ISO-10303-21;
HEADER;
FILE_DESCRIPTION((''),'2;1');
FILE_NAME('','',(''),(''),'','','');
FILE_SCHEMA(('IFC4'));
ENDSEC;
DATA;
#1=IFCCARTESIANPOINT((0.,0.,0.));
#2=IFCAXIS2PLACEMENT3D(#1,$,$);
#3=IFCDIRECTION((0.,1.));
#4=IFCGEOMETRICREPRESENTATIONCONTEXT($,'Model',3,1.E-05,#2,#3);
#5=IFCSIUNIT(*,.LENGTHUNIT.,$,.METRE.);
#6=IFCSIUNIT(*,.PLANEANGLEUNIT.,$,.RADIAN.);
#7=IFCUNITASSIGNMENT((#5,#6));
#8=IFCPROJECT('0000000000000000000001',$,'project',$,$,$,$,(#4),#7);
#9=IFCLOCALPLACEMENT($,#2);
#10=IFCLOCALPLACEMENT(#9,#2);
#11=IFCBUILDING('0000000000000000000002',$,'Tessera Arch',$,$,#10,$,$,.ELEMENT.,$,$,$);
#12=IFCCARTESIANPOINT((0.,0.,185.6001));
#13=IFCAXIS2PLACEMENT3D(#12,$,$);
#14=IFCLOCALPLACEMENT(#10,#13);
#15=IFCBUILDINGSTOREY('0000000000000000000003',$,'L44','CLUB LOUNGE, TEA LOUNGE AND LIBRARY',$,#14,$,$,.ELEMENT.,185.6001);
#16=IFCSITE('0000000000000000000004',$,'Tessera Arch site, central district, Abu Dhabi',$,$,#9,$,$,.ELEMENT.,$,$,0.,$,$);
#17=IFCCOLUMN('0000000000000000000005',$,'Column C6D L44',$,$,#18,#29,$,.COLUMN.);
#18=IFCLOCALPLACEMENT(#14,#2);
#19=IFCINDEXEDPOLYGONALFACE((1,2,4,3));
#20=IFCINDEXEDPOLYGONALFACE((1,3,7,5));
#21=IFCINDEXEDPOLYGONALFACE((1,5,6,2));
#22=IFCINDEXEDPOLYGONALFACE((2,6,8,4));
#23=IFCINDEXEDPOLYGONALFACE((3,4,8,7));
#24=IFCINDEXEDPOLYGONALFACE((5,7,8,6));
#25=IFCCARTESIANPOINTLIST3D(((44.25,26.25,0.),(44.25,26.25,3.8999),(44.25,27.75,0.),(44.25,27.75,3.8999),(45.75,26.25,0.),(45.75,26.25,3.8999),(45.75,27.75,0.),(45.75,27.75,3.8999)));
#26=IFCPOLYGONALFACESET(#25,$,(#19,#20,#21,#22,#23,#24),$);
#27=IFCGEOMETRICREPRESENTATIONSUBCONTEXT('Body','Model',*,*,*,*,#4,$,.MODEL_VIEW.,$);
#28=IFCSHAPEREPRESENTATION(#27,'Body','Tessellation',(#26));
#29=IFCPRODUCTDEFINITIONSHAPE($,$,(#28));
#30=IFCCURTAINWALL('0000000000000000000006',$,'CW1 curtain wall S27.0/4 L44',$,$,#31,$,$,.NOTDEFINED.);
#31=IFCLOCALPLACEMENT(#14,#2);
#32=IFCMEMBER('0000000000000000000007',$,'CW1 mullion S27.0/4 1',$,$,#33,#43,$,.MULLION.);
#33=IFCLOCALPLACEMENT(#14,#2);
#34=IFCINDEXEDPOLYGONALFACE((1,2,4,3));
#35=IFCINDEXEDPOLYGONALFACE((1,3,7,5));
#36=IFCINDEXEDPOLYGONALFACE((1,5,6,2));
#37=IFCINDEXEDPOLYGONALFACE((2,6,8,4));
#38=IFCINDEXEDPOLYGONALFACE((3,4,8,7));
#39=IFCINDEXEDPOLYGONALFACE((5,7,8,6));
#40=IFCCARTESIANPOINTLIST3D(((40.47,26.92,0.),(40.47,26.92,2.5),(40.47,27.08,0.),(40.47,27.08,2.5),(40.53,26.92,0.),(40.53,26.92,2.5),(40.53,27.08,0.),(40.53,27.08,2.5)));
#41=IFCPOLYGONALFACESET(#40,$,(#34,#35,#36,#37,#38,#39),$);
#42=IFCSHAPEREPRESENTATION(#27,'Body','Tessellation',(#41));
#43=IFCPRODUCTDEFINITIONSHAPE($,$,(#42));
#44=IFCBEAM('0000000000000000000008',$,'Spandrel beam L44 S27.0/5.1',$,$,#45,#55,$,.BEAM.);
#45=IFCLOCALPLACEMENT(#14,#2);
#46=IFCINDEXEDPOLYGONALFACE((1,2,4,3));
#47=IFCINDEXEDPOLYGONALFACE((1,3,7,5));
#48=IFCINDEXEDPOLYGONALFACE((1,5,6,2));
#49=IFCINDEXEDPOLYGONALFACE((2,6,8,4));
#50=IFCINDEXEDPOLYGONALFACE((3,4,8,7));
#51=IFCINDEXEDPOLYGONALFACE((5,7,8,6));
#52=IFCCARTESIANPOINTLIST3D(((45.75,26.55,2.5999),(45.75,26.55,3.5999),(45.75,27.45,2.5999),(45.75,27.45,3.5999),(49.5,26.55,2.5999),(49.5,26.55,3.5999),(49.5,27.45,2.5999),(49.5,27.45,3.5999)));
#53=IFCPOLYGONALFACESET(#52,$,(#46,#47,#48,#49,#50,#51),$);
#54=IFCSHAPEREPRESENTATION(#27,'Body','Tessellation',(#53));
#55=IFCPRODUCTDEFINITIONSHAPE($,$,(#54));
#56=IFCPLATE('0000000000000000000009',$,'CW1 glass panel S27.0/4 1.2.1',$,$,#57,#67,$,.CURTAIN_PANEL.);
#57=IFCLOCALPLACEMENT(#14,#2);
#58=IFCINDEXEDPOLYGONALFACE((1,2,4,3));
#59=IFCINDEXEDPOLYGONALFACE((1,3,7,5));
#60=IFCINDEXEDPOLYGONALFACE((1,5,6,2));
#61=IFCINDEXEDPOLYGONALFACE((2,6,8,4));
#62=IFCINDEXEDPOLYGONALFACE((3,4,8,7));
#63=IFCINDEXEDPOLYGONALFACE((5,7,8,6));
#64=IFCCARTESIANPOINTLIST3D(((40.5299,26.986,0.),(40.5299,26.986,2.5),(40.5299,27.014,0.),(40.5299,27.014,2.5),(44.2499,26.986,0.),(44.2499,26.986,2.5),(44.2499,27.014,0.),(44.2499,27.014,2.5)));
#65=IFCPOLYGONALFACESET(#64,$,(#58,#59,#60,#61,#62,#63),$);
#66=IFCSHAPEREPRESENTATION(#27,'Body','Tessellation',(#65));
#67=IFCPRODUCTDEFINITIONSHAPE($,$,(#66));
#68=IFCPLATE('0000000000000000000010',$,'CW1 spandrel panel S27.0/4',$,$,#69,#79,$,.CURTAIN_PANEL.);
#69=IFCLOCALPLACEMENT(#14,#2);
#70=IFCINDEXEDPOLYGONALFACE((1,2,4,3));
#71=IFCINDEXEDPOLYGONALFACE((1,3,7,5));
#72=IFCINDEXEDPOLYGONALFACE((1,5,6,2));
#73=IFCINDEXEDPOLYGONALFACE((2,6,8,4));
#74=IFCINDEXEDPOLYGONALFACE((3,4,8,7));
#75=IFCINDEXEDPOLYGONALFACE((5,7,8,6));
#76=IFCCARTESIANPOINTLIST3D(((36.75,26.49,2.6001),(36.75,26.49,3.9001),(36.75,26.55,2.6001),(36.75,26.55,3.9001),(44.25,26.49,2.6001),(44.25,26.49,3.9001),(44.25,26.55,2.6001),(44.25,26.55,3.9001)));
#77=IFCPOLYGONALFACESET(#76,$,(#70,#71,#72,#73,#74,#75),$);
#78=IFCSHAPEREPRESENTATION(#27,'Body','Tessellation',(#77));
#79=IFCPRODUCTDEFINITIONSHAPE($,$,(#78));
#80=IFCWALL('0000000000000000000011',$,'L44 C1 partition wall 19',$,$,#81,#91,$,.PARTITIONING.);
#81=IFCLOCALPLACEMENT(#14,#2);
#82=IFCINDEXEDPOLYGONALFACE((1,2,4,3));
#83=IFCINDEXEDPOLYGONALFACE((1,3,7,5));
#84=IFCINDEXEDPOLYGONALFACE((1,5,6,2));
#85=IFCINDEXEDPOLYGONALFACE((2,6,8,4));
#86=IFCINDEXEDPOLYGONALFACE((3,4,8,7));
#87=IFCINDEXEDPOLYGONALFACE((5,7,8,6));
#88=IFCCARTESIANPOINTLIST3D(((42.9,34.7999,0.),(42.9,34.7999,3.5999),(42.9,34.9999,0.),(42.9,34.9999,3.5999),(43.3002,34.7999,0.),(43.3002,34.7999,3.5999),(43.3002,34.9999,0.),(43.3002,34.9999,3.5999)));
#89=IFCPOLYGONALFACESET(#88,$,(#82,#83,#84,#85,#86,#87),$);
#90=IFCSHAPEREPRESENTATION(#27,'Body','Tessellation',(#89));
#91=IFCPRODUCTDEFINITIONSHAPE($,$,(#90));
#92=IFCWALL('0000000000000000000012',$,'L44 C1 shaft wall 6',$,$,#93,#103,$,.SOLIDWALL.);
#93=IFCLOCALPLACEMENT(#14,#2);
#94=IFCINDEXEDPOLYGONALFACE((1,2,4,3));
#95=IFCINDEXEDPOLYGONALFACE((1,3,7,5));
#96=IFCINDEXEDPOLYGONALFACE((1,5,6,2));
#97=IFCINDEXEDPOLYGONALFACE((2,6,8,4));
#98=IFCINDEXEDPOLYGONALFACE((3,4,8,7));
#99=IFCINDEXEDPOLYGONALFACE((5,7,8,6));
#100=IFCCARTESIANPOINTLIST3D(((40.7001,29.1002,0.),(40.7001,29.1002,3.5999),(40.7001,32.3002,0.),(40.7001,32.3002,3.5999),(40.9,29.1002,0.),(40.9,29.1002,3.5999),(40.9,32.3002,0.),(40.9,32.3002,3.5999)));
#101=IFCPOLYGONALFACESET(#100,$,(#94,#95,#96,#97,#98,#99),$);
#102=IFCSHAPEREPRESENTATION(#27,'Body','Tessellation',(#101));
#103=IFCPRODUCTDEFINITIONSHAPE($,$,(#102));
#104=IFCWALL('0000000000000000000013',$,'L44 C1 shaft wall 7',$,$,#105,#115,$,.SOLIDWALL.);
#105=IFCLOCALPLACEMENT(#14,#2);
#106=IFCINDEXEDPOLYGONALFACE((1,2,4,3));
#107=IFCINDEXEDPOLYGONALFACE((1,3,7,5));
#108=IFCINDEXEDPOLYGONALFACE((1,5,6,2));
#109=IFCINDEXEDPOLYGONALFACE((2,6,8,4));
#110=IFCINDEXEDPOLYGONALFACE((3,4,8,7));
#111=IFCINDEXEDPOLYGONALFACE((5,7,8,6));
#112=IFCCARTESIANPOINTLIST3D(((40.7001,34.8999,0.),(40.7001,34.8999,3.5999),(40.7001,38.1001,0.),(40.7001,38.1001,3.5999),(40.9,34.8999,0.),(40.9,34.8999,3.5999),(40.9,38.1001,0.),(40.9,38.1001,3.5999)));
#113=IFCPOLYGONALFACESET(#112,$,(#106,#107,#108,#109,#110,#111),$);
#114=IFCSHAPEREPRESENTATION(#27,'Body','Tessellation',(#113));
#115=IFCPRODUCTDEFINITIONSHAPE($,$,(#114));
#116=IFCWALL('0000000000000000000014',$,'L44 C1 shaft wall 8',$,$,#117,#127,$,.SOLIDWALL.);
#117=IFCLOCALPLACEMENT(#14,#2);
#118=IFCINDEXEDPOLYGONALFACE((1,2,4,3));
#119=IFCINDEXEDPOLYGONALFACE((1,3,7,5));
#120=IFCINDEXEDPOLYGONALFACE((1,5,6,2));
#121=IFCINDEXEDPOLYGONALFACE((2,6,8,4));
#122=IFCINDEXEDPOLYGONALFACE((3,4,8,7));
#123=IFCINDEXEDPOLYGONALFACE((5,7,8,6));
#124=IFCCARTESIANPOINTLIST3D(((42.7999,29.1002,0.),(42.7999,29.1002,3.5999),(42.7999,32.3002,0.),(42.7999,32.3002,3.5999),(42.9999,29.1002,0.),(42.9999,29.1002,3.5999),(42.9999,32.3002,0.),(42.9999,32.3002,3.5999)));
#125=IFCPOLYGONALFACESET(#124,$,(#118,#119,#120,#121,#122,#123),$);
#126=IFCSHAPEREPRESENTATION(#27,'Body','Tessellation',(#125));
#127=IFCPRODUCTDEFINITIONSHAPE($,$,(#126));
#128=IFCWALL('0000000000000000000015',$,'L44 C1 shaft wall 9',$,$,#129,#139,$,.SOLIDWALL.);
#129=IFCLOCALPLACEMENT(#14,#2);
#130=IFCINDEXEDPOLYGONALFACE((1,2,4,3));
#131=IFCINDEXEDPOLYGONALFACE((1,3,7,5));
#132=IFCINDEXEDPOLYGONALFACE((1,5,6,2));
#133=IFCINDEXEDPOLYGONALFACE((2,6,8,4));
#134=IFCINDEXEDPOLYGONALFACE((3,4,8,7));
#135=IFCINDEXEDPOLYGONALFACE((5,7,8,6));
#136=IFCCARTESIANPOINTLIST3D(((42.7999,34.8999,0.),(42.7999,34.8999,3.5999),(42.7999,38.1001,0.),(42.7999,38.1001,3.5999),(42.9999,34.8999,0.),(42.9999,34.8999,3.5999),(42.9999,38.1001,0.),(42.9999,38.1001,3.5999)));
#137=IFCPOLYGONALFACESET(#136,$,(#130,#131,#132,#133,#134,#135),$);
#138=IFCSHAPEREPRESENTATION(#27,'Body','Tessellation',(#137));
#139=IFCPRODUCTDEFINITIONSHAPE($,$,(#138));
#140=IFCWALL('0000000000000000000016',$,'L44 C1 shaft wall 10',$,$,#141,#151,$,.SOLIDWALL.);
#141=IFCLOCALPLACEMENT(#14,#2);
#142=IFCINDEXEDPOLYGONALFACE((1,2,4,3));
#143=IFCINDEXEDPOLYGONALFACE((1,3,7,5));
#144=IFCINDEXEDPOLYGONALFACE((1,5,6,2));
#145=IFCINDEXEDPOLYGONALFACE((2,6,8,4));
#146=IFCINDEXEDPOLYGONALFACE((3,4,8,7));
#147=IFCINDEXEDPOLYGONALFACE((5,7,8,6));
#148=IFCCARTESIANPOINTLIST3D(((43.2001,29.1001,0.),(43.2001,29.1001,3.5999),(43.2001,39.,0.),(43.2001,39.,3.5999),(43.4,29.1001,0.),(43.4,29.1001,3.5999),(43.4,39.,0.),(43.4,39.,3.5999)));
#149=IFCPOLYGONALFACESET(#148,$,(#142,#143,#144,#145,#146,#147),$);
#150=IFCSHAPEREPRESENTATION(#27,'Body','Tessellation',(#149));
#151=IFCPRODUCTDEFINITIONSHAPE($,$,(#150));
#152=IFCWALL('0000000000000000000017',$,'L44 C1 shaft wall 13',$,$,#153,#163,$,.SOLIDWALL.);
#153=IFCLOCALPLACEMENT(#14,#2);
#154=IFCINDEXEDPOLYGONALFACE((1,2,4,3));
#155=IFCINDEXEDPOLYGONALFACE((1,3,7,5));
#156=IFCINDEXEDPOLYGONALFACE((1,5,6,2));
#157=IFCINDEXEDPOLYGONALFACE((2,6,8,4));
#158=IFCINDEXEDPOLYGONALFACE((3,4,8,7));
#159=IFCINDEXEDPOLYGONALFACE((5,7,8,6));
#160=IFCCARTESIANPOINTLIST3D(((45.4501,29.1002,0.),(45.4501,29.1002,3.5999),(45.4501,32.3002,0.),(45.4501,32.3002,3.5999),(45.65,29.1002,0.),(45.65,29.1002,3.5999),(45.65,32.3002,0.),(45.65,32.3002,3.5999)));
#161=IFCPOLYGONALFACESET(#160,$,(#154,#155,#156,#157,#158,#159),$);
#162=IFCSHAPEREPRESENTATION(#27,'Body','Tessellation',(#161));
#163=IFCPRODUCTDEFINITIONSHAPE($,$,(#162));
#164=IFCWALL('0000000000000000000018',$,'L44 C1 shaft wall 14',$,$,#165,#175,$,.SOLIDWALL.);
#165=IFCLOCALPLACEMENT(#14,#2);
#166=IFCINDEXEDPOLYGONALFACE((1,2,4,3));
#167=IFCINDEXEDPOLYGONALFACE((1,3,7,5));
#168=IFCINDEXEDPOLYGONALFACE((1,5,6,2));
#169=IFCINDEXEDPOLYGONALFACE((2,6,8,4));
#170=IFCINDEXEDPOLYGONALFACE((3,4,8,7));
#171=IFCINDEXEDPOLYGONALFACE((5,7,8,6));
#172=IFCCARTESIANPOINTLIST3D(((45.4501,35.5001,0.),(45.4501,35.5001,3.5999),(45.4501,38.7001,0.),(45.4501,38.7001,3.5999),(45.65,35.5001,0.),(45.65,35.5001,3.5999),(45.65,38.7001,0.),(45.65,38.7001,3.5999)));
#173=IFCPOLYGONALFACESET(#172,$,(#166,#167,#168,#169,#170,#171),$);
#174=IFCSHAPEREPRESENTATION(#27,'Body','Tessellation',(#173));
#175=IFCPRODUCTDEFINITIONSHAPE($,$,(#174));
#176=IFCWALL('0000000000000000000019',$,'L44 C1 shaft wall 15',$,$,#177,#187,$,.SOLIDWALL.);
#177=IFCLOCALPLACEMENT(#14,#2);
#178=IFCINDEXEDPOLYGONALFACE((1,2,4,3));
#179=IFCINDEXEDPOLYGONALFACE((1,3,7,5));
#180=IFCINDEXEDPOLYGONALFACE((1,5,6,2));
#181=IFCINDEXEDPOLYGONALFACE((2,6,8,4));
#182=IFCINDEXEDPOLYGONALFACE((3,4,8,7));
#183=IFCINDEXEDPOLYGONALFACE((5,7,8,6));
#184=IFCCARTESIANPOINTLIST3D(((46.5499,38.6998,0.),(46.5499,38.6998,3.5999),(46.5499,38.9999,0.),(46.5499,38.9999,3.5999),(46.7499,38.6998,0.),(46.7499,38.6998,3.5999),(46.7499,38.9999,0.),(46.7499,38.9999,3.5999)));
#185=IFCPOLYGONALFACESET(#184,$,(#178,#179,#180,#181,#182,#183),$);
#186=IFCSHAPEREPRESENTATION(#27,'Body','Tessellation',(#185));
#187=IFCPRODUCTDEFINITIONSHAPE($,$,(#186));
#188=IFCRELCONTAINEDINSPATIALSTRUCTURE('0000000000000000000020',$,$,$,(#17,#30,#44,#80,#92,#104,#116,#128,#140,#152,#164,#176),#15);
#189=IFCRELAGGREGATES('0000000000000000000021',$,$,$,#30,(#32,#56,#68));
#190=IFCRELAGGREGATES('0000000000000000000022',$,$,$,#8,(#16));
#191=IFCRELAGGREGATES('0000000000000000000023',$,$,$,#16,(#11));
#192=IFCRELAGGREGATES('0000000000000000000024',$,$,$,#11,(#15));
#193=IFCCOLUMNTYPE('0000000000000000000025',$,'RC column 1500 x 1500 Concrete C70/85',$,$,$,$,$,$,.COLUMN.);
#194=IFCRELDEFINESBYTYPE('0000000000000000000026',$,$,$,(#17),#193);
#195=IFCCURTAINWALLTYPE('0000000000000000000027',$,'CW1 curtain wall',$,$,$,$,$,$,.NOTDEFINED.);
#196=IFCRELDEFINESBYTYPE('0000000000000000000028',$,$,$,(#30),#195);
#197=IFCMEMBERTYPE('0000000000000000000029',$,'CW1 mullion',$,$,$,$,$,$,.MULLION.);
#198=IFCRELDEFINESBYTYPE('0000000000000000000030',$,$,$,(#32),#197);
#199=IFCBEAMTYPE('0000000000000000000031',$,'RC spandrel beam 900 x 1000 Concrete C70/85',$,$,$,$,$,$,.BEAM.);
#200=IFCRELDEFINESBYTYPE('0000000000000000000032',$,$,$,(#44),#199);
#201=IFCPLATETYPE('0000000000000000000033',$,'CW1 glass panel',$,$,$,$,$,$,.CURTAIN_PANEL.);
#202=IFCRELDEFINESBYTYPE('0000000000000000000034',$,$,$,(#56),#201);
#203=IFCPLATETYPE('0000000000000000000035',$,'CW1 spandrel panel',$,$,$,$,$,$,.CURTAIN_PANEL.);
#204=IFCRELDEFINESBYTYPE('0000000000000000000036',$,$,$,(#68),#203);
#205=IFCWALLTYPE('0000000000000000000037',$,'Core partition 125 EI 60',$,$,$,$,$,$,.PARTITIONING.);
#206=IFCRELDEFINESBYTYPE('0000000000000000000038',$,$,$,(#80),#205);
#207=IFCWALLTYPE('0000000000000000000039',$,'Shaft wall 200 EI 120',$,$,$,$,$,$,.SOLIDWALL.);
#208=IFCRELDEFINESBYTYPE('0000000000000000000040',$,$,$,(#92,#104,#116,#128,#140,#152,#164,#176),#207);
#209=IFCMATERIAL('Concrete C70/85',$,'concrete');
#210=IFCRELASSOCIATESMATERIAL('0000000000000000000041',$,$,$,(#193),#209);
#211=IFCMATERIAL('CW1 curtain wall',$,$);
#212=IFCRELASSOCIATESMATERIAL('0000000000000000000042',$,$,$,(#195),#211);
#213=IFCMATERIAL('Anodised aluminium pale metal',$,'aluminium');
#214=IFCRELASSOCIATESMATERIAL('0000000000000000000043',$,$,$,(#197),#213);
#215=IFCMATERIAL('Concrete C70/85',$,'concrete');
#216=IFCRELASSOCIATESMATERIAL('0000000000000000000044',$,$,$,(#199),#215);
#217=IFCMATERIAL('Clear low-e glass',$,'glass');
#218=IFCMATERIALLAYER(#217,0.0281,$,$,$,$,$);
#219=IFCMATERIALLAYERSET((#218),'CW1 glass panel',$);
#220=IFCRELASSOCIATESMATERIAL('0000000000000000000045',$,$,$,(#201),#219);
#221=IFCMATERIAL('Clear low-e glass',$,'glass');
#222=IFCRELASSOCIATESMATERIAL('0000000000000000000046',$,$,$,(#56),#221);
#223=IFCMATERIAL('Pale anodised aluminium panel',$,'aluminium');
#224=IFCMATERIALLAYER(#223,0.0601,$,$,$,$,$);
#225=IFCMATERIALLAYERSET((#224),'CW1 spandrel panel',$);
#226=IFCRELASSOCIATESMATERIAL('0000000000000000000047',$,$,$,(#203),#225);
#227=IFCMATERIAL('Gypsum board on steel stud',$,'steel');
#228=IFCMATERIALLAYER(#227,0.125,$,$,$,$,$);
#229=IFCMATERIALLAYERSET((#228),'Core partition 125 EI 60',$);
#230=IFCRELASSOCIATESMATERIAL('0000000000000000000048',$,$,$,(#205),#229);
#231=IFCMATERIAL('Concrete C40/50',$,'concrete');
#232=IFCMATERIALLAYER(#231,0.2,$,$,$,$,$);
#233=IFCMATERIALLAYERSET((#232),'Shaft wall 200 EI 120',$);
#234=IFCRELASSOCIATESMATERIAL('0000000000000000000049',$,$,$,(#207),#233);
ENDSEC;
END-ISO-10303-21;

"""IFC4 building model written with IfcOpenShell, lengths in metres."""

from ifc_helpers import new_model, si_unit, direction, frame, frame_2d, origin, origin_2d, place, context, subcontext, project, spatial, rectangle, extrude, material, layer, layer_set, material_profile, profile_set, type_object, element, aggregate, save


model = new_model("IFC4")

# Units and contexts
model_context = context("Model", 3, precision=1e-05, world=origin(), true_north=direction((0.0, 1.0)))
body_context = subcontext(model_context, "Body", "Model", "MODEL_VIEW")
ifc_project = project(units=[si_unit("LENGTHUNIT", "METRE"), si_unit("PLANEANGLEUNIT", "RADIAN")], contexts=[model_context])

# Site, building, storey
site_placement = place(None, origin())
site = spatial("IfcSite", under=ifc_project, at=site_placement, Name="Tessera Arch site, central district, Abu Dhabi", CompositionType="ELEMENT", RefElevation=0.0)
building_placement = place(site_placement, origin())
building = spatial("IfcBuilding", under=site, at=building_placement, Name="Tessera Arch", CompositionType="ELEMENT")
storey_placement = place(building_placement, frame((0.0, 0.0, 185.6001)))
storey = spatial("IfcBuildingStorey", under=building, at=storey_placement, Name="L44", Description="CLUB LOUNGE, TEA LOUNGE AND LIBRARY", CompositionType="ELEMENT", Elevation=185.6001)

# Column
ifc_material_1 = material(Name="Concrete C70/85", Category="concrete")
ifc_material_profile_1 = material_profile(ifc_material_1, rectangle(XDim=1.5, YDim=1.5, at=origin_2d()), Name="RC column 1500 x 1500 Concrete C70/85")
ifc_profile_set_1 = profile_set([ifc_material_profile_1], Name="Concrete C70/85")
column_type = type_object("IfcColumnType", Name="RC column 1500 x 1500 Concrete C70/85", PredefinedType="COLUMN", material=ifc_profile_set_1)
column_placement = place(storey_placement, frame((45.0, 27.0, 0.0), z_axis=(0.0, 0.0, 1.0), x_axis=(1.0, 0.0, 0.0)))
element("IfcColumn", 1, at=column_placement, inside=storey, type_object=column_type, Name="Column C6D L44", PredefinedType="COLUMN", context=body_context, shape_type="SweptSolid", body=[
    extrude(rectangle(XDim=1.5, YDim=1.5, at=origin_2d()), origin(), (0.0, 0.0, 1.0), 3.8999),
])

# Curtain wall, member
ifc_material_2 = material(Name="CW1 curtain wall")
curtain_wall_type = type_object("IfcCurtainWallType", Name="CW1 curtain wall", PredefinedType="NOTDEFINED", material=ifc_material_2)
curtain_wall_placement = place(storey_placement, origin())
curtain_wall = element("IfcCurtainWall", 2, at=curtain_wall_placement, inside=storey, type_object=curtain_wall_type, Name="CW1 curtain wall S27.0/4 L44", PredefinedType="NOTDEFINED")
ifc_material_3 = material(Name="Anodised aluminium pale metal", Category="aluminium")
ifc_material_profile_2 = material_profile(ifc_material_3, rectangle(XDim=0.1599, YDim=0.0601, at=origin_2d()), Name="AL 60x160")
ifc_profile_set_2 = profile_set([ifc_material_profile_2], Name="Anodised aluminium pale metal")
member_type = type_object("IfcMemberType", Name="CW1 mullion", PredefinedType="MULLION", material=ifc_profile_set_2)
member_placement = place(storey_placement, frame((40.5, 27.0, 0.0), z_axis=(0.0, 0.0, 1.0), x_axis=(0.0, 1.0, 0.0)))
member = element("IfcMember", 3, at=member_placement, type_object=member_type, Name="CW1 mullion S27.0/4 1", PredefinedType="MULLION", context=body_context, shape_type="SweptSolid", body=[
    extrude(rectangle(XDim=0.1599, YDim=0.0601, at=origin_2d()), origin(), (0.0, 0.0, 1.0), 2.5),
])

# Beam
ifc_material_4 = material(Name="Concrete C70/85", Category="concrete")
ifc_material_profile_3 = material_profile(ifc_material_4, rectangle(XDim=0.8999, YDim=1.0, at=origin_2d()), Name="RC spandrel beam 900 x 1000 Concrete C70/85")
ifc_profile_set_3 = profile_set([ifc_material_profile_3], Name="Concrete C70/85")
beam_type = type_object("IfcBeamType", Name="RC spandrel beam 900 x 1000 Concrete C70/85", PredefinedType="BEAM", material=ifc_profile_set_3)
beam_placement = place(storey_placement, frame((45.75, 27.0, 3.0999), z_axis=(1.0, 0.0, 0.0), x_axis=(0.0, 1.0, 0.0)))
element("IfcBeam", 4, at=beam_placement, inside=storey, type_object=beam_type, Name="Spandrel beam L44 S27.0/5.1", PredefinedType="BEAM", context=body_context, shape_type="SweptSolid", body=[
    extrude(rectangle(XDim=0.8999, YDim=1.0, at=origin_2d()), origin(), (0.0, 0.0, 1.0), 3.75),
])

# Plates
ifc_material_5 = material(Name="Clear low-e glass", Category="glass")
ifc_material_6 = material(Name="Clear low-e glass", Category="glass")
ifc_layer_1 = layer(ifc_material_6, 0.0281)
ifc_layer_set_1 = layer_set([ifc_layer_1], Name="CW1 glass panel")
plate_type_1 = type_object("IfcPlateType", Name="CW1 glass panel", PredefinedType="CURTAIN_PANEL", material=ifc_layer_set_1)
plate_1_placement = place(storey_placement, frame((42.3899, 27.0, 0.0), z_axis=(0.0, 0.0, 1.0), x_axis=(1.0, 0.0, 0.0)))
plate_1 = element("IfcPlate", 5, at=plate_1_placement, type_object=plate_type_1, material=ifc_material_5, Name="CW1 glass panel S27.0/4 1.2.1", PredefinedType="CURTAIN_PANEL", context=body_context, shape_type="SweptSolid", body=[
    extrude(rectangle(XDim=3.72, YDim=0.0281, at=origin_2d()), origin(), (0.0, 0.0, 1.0), 2.5),
])
ifc_material_7 = material(Name="Pale anodised aluminium panel", Category="aluminium")
ifc_layer_2 = layer(ifc_material_7, 0.0601)
ifc_layer_set_2 = layer_set([ifc_layer_2], Name="CW1 spandrel panel")
plate_type_2 = type_object("IfcPlateType", Name="CW1 spandrel panel", PredefinedType="CURTAIN_PANEL", material=ifc_layer_set_2)
plate_2_placement = place(storey_placement, frame((40.5, 26.52, 2.6001), z_axis=(0.0, 0.0, 1.0), x_axis=(1.0, 0.0, 0.0)))
plate_2 = element("IfcPlate", 6, at=plate_2_placement, type_object=plate_type_2, Name="CW1 spandrel panel S27.0/4", PredefinedType="CURTAIN_PANEL", context=body_context, shape_type="SweptSolid", body=[
    extrude(rectangle(XDim=7.5, YDim=0.0601, at=origin_2d()), origin(), (0.0, 0.0, 1.0), 1.3),
])
aggregate(curtain_wall, [member, plate_1, plate_2])

# Walls
ifc_material_8 = material(Name="Gypsum board on steel stud", Category="steel")
ifc_layer_3 = layer(ifc_material_8, 0.125)
ifc_layer_set_3 = layer_set([ifc_layer_3], Name="Core partition 125 EI 60")
wall_type_1 = type_object("IfcWallType", Name="Core partition 125 EI 60", PredefinedType="PARTITIONING", material=ifc_layer_set_3)
wall_1_placement = place(storey_placement, frame((42.8999, 34.8999, 0.0), z_axis=(0.0, 0.0, 1.0), x_axis=(1.0, 0.0, 0.0)))
element("IfcWall", 7, at=wall_1_placement, inside=storey, type_object=wall_type_1, Name="L44 C1 partition wall 19", PredefinedType="PARTITIONING", context=body_context, shape_type="SweptSolid", body=[
    extrude(rectangle(XDim=0.4001, YDim=0.2, at=frame_2d((0.2002, 0.0))), origin(), (0.0, 0.0, 1.0), 3.5999),
])
ifc_material_9 = material(Name="Concrete C40/50", Category="concrete")
ifc_layer_4 = layer(ifc_material_9, 0.2)
ifc_layer_set_4 = layer_set([ifc_layer_4], Name="Shaft wall 200 EI 120")
wall_type_2 = type_object("IfcWallType", Name="Shaft wall 200 EI 120", PredefinedType="SOLIDWALL", material=ifc_layer_set_4)
wall_2_placement = place(storey_placement, frame((40.8, 29.1001, 0.0), z_axis=(0.0, 0.0, 1.0), x_axis=(0.0, 1.0, 0.0)))
element("IfcWall", 8, at=wall_2_placement, inside=storey, type_object=wall_type_2, Name="L44 C1 shaft wall 6", PredefinedType="SOLIDWALL", context=body_context, shape_type="SweptSolid", body=[
    extrude(rectangle(XDim=3.2, YDim=0.2, at=frame_2d((1.6001, 0.0))), origin(), (0.0, 0.0, 1.0), 3.5999),
])
wall_3_placement = place(storey_placement, frame((40.8, 34.8999, 0.0), z_axis=(0.0, 0.0, 1.0), x_axis=(0.0, 1.0, 0.0)))
element("IfcWall", 9, at=wall_3_placement, inside=storey, type_object=wall_type_2, Name="L44 C1 shaft wall 7", PredefinedType="SOLIDWALL", context=body_context, shape_type="SweptSolid", body=[
    extrude(rectangle(XDim=3.2002, YDim=0.2, at=frame_2d((1.6001, 0.0))), origin(), (0.0, 0.0, 1.0), 3.5999),
])
wall_4_placement = place(storey_placement, frame((42.8999, 29.1001, 0.0), z_axis=(0.0, 0.0, 1.0), x_axis=(0.0, 1.0, 0.0)))
element("IfcWall", 10, at=wall_4_placement, inside=storey, type_object=wall_type_2, Name="L44 C1 shaft wall 8", PredefinedType="SOLIDWALL", context=body_context, shape_type="SweptSolid", body=[
    extrude(rectangle(XDim=3.2, YDim=0.2, at=frame_2d((1.6001, 0.0))), origin(), (0.0, 0.0, 1.0), 3.5999),
])
wall_5_placement = place(storey_placement, frame((42.8999, 34.8999, 0.0), z_axis=(0.0, 0.0, 1.0), x_axis=(0.0, 1.0, 0.0)))
element("IfcWall", 11, at=wall_5_placement, inside=storey, type_object=wall_type_2, Name="L44 C1 shaft wall 9", PredefinedType="SOLIDWALL", context=body_context, shape_type="SweptSolid", body=[
    extrude(rectangle(XDim=3.2002, YDim=0.2, at=frame_2d((1.6001, 0.0))), origin(), (0.0, 0.0, 1.0), 3.5999),
])
wall_6_placement = place(storey_placement, frame((43.3, 29.1001, 0.0), z_axis=(0.0, 0.0, 1.0), x_axis=(0.0, 1.0, 0.0)))
element("IfcWall", 12, at=wall_6_placement, inside=storey, type_object=wall_type_2, Name="L44 C1 shaft wall 10", PredefinedType="SOLIDWALL", context=body_context, shape_type="SweptSolid", body=[
    extrude(rectangle(XDim=9.8999, YDim=0.2, at=frame_2d((4.95, 0.0))), origin(), (0.0, 0.0, 1.0), 3.5999),
])
for number, where, z_axis, x_axis, name in (
    (13, (45.55, 29.1001, 0.0), (0.0, 0.0, 1.0), (0.0, 1.0, 0.0), "L44 C1 shaft wall 13"),
    (14, (45.55, 35.5, 0.0), (0.0, 0.0, 1.0), (0.0, 1.0, 0.0), "L44 C1 shaft wall 14"),
):
    element("IfcWall", number, at=place(storey_placement, frame(where, z_axis=z_axis, x_axis=x_axis)), inside=storey, type_object=wall_type_2, Name=name, PredefinedType="SOLIDWALL", context=body_context, shape_type="SweptSolid", body=[
        extrude(rectangle(XDim=3.2, YDim=0.2, at=frame_2d((1.6001, 0.0))), origin(), (0.0, 0.0, 1.0), 3.5999),
    ])
wall_7_placement = place(storey_placement, frame((46.6499, 38.7, 0.0), z_axis=(0.0, 0.0, 1.0), x_axis=(0.0, 1.0, 0.0)))
element("IfcWall", 15, at=wall_7_placement, inside=storey, type_object=wall_type_2, Name="L44 C1 shaft wall 15", PredefinedType="SOLIDWALL", context=body_context, shape_type="SweptSolid", body=[
    extrude(rectangle(XDim=0.3, YDim=0.2, at=frame_2d((0.1499, 0.0))), origin(), (0.0, 0.0, 1.0), 3.5999),
])

save(model, "model.ifc")
